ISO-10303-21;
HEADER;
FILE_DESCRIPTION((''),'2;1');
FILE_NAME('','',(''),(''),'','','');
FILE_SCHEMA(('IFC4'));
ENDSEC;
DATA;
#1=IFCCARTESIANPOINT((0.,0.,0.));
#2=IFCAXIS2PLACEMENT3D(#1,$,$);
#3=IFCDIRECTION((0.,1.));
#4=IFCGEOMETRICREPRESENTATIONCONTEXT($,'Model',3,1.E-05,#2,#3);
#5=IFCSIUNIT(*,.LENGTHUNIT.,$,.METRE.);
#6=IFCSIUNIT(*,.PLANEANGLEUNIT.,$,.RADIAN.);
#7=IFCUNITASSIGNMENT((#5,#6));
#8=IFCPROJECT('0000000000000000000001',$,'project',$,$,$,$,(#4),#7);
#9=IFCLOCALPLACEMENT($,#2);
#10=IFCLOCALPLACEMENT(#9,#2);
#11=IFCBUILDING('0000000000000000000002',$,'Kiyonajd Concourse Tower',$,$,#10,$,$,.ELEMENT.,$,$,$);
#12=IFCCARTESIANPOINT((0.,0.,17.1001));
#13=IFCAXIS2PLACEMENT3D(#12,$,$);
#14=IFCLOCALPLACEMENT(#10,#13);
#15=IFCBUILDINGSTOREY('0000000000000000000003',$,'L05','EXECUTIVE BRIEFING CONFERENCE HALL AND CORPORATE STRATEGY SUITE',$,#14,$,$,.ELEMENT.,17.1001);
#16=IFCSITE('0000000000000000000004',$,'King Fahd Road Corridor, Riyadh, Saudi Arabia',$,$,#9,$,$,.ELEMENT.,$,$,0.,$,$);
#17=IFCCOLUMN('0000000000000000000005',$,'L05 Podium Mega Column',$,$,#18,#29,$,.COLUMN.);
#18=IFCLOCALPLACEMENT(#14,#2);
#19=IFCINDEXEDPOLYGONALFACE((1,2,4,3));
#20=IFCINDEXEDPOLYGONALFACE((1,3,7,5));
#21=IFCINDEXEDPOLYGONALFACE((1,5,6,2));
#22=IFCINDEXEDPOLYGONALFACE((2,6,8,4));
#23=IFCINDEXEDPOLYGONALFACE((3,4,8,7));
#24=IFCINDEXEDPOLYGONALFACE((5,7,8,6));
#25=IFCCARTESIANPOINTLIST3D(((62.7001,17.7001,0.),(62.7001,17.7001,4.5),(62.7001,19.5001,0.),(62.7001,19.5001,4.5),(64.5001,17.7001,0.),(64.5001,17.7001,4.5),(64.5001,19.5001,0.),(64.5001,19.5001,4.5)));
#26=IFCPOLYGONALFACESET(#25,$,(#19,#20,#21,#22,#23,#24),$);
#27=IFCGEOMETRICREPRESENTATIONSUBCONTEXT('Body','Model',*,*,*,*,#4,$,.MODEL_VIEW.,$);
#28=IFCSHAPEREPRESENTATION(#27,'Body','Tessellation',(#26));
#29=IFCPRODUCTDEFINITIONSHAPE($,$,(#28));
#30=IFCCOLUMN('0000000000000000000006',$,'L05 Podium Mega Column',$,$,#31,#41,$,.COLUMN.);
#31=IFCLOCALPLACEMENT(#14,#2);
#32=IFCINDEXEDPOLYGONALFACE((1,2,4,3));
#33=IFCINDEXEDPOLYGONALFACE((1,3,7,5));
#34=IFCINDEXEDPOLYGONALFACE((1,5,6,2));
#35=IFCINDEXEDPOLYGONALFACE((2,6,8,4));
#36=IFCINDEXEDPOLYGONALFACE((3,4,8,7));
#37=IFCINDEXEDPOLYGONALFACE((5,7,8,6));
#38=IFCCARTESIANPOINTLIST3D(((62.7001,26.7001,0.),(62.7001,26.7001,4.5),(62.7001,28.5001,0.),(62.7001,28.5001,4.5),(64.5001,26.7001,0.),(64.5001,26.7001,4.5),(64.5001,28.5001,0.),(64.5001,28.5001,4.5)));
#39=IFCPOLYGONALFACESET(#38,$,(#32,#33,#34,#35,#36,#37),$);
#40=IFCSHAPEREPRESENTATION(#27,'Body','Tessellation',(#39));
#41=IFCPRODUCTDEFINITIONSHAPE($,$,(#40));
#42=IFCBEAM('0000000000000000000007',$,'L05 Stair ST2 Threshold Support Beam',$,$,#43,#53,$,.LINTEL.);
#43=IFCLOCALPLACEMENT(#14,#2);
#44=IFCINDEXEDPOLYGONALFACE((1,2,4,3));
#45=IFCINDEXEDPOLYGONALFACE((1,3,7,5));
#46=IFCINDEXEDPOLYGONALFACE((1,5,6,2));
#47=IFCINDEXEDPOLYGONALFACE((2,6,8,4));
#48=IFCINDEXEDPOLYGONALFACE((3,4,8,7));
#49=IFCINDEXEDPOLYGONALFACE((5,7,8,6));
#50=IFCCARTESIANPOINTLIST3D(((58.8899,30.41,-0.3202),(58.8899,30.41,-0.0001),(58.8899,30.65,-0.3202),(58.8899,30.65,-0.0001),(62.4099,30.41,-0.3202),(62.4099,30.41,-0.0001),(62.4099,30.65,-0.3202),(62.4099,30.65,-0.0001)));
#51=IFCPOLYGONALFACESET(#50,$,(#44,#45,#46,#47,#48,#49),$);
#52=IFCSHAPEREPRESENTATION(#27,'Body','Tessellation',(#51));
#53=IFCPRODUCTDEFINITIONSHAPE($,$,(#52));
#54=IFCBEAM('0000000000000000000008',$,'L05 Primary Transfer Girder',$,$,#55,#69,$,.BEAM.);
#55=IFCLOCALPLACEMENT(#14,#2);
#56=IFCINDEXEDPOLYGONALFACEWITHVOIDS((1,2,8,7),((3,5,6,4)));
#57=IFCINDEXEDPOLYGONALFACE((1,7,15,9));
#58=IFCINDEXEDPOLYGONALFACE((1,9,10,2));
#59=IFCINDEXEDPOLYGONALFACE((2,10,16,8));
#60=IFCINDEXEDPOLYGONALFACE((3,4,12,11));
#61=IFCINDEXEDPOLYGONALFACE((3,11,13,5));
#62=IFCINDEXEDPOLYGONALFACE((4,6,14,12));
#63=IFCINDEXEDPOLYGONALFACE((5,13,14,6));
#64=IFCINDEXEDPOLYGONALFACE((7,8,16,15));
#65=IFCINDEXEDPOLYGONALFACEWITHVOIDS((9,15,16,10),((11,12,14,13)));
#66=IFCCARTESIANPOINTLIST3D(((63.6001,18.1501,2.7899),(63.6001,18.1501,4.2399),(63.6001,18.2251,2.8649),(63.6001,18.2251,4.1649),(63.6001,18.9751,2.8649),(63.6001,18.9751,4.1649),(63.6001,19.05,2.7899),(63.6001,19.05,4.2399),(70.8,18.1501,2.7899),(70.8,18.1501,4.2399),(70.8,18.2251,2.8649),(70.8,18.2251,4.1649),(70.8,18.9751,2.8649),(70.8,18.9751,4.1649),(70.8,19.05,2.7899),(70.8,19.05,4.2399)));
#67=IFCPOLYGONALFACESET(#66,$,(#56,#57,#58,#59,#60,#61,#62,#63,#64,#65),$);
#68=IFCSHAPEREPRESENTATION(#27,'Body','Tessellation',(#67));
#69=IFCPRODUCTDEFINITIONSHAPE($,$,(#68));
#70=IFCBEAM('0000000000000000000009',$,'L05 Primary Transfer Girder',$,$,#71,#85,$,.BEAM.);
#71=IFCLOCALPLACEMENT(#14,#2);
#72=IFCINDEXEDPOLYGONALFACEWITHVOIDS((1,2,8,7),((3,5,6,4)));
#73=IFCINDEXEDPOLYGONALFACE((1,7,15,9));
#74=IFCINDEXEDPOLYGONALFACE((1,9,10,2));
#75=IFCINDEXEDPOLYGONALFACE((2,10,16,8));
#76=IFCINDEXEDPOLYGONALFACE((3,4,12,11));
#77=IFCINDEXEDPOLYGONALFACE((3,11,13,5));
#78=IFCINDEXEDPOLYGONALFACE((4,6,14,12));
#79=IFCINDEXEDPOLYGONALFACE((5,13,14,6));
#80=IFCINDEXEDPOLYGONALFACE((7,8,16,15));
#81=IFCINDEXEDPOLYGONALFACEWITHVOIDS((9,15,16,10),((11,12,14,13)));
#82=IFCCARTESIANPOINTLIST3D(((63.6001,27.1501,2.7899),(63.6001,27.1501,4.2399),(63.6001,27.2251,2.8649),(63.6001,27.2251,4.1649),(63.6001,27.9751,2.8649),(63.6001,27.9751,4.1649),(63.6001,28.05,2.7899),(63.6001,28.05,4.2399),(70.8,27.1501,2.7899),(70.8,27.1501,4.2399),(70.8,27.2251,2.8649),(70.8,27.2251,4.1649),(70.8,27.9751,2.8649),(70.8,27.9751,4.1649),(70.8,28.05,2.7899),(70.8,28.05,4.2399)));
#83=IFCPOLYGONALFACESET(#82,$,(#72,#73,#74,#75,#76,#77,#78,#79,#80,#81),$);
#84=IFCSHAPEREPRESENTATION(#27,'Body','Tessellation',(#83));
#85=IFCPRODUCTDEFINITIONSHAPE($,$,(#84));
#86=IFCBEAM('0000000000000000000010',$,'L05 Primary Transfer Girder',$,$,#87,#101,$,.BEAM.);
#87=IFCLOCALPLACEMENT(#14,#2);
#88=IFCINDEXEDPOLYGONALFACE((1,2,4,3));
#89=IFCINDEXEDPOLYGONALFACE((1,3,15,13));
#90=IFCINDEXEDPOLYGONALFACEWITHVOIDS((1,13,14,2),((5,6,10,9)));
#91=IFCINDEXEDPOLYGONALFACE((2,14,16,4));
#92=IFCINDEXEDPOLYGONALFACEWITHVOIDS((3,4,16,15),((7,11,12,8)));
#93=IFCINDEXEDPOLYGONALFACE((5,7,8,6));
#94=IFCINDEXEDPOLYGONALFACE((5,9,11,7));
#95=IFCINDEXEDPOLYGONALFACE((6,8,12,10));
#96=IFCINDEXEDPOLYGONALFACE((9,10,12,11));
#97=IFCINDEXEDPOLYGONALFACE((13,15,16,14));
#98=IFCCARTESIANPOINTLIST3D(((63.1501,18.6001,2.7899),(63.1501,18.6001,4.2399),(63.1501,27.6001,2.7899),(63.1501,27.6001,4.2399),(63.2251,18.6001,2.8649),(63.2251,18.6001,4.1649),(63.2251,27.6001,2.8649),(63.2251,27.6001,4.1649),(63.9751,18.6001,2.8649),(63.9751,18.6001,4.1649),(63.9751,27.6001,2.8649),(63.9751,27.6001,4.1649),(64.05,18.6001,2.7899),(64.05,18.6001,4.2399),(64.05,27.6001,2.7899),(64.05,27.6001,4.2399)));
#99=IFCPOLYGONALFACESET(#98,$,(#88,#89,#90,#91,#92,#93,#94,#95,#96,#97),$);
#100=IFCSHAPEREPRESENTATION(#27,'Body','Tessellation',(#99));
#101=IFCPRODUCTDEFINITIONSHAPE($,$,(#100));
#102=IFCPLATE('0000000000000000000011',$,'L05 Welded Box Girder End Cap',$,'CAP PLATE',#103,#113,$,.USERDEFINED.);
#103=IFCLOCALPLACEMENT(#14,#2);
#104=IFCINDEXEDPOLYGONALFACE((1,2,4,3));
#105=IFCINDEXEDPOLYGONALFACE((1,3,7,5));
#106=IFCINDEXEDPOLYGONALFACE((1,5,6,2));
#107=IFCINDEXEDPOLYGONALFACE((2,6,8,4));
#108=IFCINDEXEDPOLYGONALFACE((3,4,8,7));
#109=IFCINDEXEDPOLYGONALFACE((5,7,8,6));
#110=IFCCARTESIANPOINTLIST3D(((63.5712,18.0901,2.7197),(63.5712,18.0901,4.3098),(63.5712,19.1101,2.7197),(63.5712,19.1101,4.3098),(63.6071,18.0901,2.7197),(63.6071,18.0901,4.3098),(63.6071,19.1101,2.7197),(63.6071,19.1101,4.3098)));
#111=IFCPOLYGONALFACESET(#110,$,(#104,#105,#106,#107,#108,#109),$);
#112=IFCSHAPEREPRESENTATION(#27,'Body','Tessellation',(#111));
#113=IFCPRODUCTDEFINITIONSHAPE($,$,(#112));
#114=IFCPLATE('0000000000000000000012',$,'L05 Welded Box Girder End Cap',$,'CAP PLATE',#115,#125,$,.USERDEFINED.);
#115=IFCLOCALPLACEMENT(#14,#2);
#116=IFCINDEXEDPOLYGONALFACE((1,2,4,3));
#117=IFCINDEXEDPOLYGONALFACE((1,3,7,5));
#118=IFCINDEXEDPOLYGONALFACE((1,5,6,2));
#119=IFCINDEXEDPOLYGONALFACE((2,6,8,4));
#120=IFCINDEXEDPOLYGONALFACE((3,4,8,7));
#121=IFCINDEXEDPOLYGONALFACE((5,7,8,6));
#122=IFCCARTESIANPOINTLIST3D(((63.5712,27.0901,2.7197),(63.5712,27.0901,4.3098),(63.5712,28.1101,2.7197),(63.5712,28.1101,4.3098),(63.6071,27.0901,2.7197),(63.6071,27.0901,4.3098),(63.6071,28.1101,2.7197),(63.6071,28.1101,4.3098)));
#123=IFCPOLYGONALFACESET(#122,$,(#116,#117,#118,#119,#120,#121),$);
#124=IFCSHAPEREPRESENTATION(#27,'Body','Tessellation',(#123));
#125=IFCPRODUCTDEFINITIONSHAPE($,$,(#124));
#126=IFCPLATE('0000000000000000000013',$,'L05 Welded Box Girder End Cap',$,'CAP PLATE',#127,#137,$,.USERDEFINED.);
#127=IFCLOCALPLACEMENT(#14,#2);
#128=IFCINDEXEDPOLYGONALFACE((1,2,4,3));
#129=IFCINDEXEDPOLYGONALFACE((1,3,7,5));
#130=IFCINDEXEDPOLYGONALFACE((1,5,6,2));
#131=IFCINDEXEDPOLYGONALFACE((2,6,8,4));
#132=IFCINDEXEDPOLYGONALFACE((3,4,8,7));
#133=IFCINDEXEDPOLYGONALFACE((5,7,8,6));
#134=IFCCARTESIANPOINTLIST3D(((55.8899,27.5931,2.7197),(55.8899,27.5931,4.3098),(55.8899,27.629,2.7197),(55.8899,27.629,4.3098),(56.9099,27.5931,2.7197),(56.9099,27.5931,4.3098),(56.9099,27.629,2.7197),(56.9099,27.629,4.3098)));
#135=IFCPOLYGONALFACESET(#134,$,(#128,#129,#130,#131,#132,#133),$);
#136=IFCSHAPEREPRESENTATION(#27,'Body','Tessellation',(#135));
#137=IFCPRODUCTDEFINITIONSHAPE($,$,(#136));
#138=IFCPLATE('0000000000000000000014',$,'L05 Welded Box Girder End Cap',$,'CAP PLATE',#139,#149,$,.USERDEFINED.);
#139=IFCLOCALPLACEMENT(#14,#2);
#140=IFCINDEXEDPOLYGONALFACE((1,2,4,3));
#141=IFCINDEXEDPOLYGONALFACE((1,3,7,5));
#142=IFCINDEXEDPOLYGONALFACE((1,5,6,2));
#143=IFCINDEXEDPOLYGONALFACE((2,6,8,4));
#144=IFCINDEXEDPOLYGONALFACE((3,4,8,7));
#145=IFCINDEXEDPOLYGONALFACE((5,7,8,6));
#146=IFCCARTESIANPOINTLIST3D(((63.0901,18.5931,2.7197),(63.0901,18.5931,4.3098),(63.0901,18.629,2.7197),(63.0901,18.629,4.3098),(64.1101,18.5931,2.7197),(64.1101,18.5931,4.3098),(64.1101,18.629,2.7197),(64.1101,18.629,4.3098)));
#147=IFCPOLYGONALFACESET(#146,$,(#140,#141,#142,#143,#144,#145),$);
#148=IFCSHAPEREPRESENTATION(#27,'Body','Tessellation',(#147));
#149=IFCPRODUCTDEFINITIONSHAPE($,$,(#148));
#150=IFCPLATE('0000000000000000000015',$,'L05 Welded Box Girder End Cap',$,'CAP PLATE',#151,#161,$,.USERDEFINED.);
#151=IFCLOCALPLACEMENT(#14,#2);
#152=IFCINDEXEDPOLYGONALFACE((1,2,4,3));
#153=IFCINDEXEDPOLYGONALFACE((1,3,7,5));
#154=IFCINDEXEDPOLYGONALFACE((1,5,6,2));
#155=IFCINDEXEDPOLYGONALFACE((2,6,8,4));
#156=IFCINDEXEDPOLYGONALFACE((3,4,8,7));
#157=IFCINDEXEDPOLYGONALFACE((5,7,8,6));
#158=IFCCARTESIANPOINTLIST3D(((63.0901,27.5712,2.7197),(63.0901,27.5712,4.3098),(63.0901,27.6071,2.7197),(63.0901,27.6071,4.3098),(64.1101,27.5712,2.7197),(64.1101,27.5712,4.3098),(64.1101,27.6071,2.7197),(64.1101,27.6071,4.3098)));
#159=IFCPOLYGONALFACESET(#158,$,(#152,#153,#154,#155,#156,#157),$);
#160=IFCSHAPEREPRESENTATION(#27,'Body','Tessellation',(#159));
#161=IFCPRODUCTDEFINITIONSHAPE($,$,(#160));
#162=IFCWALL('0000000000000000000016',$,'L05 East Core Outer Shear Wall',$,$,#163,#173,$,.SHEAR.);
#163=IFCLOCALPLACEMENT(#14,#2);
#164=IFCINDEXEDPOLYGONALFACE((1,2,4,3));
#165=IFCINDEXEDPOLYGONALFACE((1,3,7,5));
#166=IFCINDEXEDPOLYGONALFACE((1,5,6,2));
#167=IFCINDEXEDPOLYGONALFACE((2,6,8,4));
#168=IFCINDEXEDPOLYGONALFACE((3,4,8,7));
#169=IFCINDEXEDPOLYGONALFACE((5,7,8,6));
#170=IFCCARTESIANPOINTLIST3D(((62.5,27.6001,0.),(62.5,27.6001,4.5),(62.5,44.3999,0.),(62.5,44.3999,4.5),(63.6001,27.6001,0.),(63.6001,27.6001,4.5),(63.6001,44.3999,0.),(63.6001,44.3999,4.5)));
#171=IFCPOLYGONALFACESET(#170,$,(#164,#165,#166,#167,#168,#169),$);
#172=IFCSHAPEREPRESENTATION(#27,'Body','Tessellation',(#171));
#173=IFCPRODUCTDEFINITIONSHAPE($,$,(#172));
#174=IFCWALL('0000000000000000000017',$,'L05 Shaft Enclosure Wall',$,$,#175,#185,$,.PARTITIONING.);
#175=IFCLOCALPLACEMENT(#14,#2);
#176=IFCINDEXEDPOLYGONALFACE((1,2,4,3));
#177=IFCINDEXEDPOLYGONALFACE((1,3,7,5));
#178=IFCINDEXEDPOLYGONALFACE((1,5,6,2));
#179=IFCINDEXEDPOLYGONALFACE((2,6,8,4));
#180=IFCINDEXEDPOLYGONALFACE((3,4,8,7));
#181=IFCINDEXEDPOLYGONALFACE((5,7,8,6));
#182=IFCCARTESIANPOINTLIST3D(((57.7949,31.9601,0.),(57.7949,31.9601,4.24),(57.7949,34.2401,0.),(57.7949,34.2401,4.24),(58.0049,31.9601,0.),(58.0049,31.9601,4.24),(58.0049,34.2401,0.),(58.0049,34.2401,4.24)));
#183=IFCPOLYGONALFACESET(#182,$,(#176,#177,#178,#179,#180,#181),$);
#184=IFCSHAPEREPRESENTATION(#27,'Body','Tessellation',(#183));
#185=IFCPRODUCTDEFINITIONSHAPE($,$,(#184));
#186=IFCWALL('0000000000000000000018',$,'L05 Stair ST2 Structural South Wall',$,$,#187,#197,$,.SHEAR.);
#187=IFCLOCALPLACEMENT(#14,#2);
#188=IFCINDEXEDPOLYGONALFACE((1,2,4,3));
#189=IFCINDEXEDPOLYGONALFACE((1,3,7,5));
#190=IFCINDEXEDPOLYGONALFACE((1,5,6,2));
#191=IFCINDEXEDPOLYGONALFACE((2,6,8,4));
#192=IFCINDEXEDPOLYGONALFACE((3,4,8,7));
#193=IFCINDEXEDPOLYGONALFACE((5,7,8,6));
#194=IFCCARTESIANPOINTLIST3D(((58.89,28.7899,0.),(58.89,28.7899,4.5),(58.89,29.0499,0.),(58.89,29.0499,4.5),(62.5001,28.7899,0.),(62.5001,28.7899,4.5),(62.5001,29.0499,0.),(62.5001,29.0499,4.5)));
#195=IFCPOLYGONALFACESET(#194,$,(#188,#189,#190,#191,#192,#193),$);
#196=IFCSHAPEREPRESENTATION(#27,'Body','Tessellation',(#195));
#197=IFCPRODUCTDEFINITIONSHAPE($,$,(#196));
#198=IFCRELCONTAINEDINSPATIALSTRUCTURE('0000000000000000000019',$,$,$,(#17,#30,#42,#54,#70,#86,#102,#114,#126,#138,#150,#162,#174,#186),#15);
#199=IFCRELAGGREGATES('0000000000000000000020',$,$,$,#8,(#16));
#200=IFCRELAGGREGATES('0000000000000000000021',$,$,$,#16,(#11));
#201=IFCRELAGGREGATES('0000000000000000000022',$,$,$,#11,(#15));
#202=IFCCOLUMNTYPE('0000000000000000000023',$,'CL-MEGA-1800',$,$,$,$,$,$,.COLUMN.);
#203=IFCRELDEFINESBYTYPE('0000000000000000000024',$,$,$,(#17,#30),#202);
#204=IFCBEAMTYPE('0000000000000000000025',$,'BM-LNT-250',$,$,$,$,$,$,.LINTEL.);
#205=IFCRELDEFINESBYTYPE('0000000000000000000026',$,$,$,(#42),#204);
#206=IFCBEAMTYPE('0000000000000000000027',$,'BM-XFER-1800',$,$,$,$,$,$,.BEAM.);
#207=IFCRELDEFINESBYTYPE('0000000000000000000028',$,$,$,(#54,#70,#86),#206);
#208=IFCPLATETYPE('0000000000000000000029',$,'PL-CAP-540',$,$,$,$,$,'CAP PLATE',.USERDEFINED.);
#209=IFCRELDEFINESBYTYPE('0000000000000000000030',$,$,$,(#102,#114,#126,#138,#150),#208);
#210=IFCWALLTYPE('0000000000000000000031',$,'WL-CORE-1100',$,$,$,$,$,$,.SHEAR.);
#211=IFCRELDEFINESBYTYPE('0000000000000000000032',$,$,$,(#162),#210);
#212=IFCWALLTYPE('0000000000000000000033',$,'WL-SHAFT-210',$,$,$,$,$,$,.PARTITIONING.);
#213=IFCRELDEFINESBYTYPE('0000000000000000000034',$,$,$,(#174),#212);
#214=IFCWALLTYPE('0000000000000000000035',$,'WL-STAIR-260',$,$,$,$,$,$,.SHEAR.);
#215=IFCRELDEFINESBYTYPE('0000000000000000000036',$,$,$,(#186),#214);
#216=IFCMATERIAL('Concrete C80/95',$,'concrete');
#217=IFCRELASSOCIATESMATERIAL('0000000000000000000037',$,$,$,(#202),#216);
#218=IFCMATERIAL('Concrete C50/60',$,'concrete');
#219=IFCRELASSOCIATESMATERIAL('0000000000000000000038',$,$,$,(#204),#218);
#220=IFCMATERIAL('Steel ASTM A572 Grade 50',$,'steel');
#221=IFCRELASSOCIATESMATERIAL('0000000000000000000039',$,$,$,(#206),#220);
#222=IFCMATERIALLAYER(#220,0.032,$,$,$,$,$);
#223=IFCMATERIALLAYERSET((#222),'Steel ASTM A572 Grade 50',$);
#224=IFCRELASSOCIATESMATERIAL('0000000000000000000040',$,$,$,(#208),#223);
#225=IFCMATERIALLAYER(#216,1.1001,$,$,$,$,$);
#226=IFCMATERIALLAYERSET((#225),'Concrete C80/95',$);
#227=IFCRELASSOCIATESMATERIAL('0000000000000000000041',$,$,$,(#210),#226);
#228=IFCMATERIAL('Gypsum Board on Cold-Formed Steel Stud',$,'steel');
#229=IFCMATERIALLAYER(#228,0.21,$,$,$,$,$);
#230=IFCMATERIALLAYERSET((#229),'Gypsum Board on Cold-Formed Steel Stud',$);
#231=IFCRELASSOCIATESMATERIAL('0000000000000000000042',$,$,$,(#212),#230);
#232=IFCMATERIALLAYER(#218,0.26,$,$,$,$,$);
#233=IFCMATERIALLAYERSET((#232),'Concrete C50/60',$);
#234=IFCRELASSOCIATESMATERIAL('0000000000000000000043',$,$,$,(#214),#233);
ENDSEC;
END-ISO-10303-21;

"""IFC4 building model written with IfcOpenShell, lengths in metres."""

from ifc_helpers import new_model, si_unit, direction, frame, frame_2d, origin, origin_2d, place, context, subcontext, project, spatial, rectangle, hollow_rectangle, extrude, material, layer, layer_set, material_profile, profile_set, type_object, element, save


model = new_model("IFC4")

# Units and contexts
model_context = context("Model", 3, precision=1e-05, world=origin(), true_north=direction((0.0, 1.0)))
body_context = subcontext(model_context, "Body", "Model", "MODEL_VIEW")
ifc_project = project(units=[si_unit("LENGTHUNIT", "METRE"), si_unit("PLANEANGLEUNIT", "RADIAN")], contexts=[model_context])

# Site, building, storey
site_placement = place(None, origin())
site = spatial("IfcSite", under=ifc_project, at=site_placement, Name="King Fahd Road Corridor, Riyadh, Saudi Arabia", CompositionType="ELEMENT", RefElevation=0.0)
building_placement = place(site_placement, origin())
building = spatial("IfcBuilding", under=site, at=building_placement, Name="Kiyonajd Concourse Tower", CompositionType="ELEMENT")
storey_placement = place(building_placement, frame((0.0, 0.0, 17.1001)))
storey = spatial("IfcBuildingStorey", under=building, at=storey_placement, Name="L05", Description="EXECUTIVE BRIEFING CONFERENCE HALL AND CORPORATE STRATEGY SUITE", CompositionType="ELEMENT", Elevation=17.1001)

# Columns
ifc_material_1 = material(Name="Concrete C80/95", Category="concrete")
ifc_material_profile_1 = material_profile(ifc_material_1, rectangle(XDim=1.8, YDim=1.8, at=origin_2d()), Name="RC-1800x1800")
ifc_profile_set_1 = profile_set([ifc_material_profile_1], Name="Concrete C80/95")
column_type = type_object("IfcColumnType", Name="CL-MEGA-1800", PredefinedType="COLUMN", material=ifc_profile_set_1)
for number, where, z_axis, x_axis, name in (
    (1, (63.6001, 18.6001, 0.0), (0.0, 0.0, 1.0), (1.0, 0.0, 0.0), "L05 Podium Mega Column"),
    (2, (63.6001, 27.6001, 0.0), (0.0, 0.0, 1.0), (1.0, 0.0, 0.0), "L05 Podium Mega Column"),
):
    element("IfcColumn", number, at=place(storey_placement, frame(where, z_axis=z_axis, x_axis=x_axis)), inside=storey, type_object=column_type, Name=name, PredefinedType="COLUMN", context=body_context, shape_type="SweptSolid", body=[
        extrude(rectangle(XDim=1.8, YDim=1.8, at=origin_2d()), origin(), (0.0, 0.0, 1.0), 4.5),
    ])

# Beams
ifc_material_2 = material(Name="Concrete C50/60", Category="concrete")
ifc_material_profile_2 = material_profile(ifc_material_2, rectangle(XDim=0.24, YDim=0.3201, at=origin_2d()), Name="RCBM-240x320")
ifc_profile_set_2 = profile_set([ifc_material_profile_2], Name="Concrete C50/60")
beam_type_1 = type_object("IfcBeamType", Name="BM-LNT-250", PredefinedType="LINTEL", material=ifc_profile_set_2)
beam_1_placement = place(storey_placement, frame((58.8899, 30.53, -0.1602), z_axis=(1.0, 0.0, 0.0), x_axis=(0.0, 1.0, 0.0)))
element("IfcBeam", 3, at=beam_1_placement, inside=storey, type_object=beam_type_1, Name="L05 Stair ST2 Threshold Support Beam", PredefinedType="LINTEL", context=body_context, shape_type="SweptSolid", body=[
    extrude(rectangle(XDim=0.24, YDim=0.3201, at=origin_2d()), origin(), (0.0, 0.0, 1.0), 3.52),
])
ifc_material_3 = material(Name="Steel ASTM A572 Grade 50", Category="steel")
ifc_material_profile_3 = material_profile(ifc_material_3, hollow_rectangle(XDim=0.8999, YDim=1.45, WallThickness=0.075, at=origin_2d()), Name="BOX-1450x900x75")
ifc_profile_set_3 = profile_set([ifc_material_profile_3], Name="Steel ASTM A572 Grade 50")
beam_type_2 = type_object("IfcBeamType", Name="BM-XFER-1800", PredefinedType="BEAM", material=ifc_profile_set_3)
for number, where, z_axis, x_axis, name in (
    (4, (63.6001, 18.6001, 3.5149), (1.0, 0.0, 0.0), (0.0, 1.0, 0.0), "L05 Primary Transfer Girder"),
    (5, (63.6001, 27.6001, 3.5149), (1.0, 0.0, 0.0), (0.0, 1.0, 0.0), "L05 Primary Transfer Girder"),
):
    element("IfcBeam", number, at=place(storey_placement, frame(where, z_axis=z_axis, x_axis=x_axis)), inside=storey, type_object=beam_type_2, Name=name, PredefinedType="BEAM", context=body_context, shape_type="SweptSolid", body=[
        extrude(hollow_rectangle(XDim=0.8999, YDim=1.45, WallThickness=0.075, at=origin_2d()), origin(), (0.0, 0.0, 1.0), 7.2),
    ])
beam_2_placement = place(storey_placement, frame((63.6001, 18.6001, 3.5149), z_axis=(0.0, 1.0, 0.0), x_axis=(-1.0, 0.0, 0.0)))
element("IfcBeam", 6, at=beam_2_placement, inside=storey, type_object=beam_type_2, Name="L05 Primary Transfer Girder", PredefinedType="BEAM", context=body_context, shape_type="SweptSolid", body=[
    extrude(hollow_rectangle(XDim=0.8999, YDim=1.45, WallThickness=0.075, at=origin_2d()), origin(), (0.0, 0.0, 1.0), 9.0),
])

# Plates
ifc_layer_1 = layer(ifc_material_3, 0.032)
ifc_layer_set_1 = layer_set([ifc_layer_1], Name="Steel ASTM A572 Grade 50")
plate_type = type_object("IfcPlateType", Name="PL-CAP-540", ElementType="CAP PLATE", PredefinedType="USERDEFINED", material=ifc_layer_set_1)
for number, where, z_axis, x_axis, name in (
    (7, (63.5891, 18.6001, 2.7197), (0.0, 0.0, 1.0), (-1.0, 0.0, 0.0), "L05 Welded Box Girder End Cap"),
    (8, (63.5891, 27.6001, 2.7197), (0.0, 0.0, 1.0), (-1.0, 0.0, 0.0), "L05 Welded Box Girder End Cap"),
    (9, (56.3999, 27.6111, 2.7197), (0.0, 0.0, 1.0), (0.0, 1.0, 0.0), "L05 Welded Box Girder End Cap"),
    (10, (63.6001, 18.6111, 2.7197), (0.0, 0.0, 1.0), (0.0, 1.0, 0.0), "L05 Welded Box Girder End Cap"),
    (11, (63.6001, 27.5891, 2.7197), (0.0, 0.0, 1.0), (0.0, -1.0, 0.0), "L05 Welded Box Girder End Cap"),
):
    element("IfcPlate", number, at=place(storey_placement, frame(where, z_axis=z_axis, x_axis=x_axis)), inside=storey, type_object=plate_type, Name=name, ObjectType="CAP PLATE", PredefinedType="USERDEFINED", context=body_context, shape_type="SweptSolid", body=[
        extrude(rectangle(XDim=0.0359, YDim=1.02, at=origin_2d()), origin(), (0.0, 0.0, 1.0), 1.5901),
    ])

# Walls
ifc_layer_2 = layer(ifc_material_1, 1.1001)
ifc_layer_set_2 = layer_set([ifc_layer_2], Name="Concrete C80/95")
wall_type_1 = type_object("IfcWallType", Name="WL-CORE-1100", PredefinedType="SHEAR", material=ifc_layer_set_2)
wall_1_placement = place(storey_placement, frame((63.05, 27.6001, 0.0), z_axis=(0.0, 0.0, 1.0), x_axis=(0.0, 1.0, 0.0)))
element("IfcWall", 12, at=wall_1_placement, inside=storey, type_object=wall_type_1, Name="L05 East Core Outer Shear Wall", PredefinedType="SHEAR", context=body_context, shape_type="SweptSolid", body=[
    extrude(rectangle(XDim=16.7998, YDim=1.1001, at=frame_2d((8.3999, 0.0))), origin(), (0.0, 0.0, 1.0), 4.5),
])
ifc_material_4 = material(Name="Gypsum Board on Cold-Formed Steel Stud", Category="steel")
ifc_layer_3 = layer(ifc_material_4, 0.21)
ifc_layer_set_3 = layer_set([ifc_layer_3], Name="Gypsum Board on Cold-Formed Steel Stud")
wall_type_2 = type_object("IfcWallType", Name="WL-SHAFT-210", PredefinedType="PARTITIONING", material=ifc_layer_set_3)
wall_2_placement = place(storey_placement, frame((57.8999, 31.96, 0.0), z_axis=(0.0, 0.0, 1.0), x_axis=(0.0, 1.0, 0.0)))
element("IfcWall", 13, at=wall_2_placement, inside=storey, type_object=wall_type_2, Name="L05 Shaft Enclosure Wall", PredefinedType="PARTITIONING", context=body_context, shape_type="SweptSolid", body=[
    extrude(rectangle(XDim=2.28, YDim=0.21, at=frame_2d((1.1401, 0.0))), origin(), (0.0, 0.0, 1.0), 4.24),
])
ifc_layer_4 = layer(ifc_material_2, 0.26)
ifc_layer_set_4 = layer_set([ifc_layer_4], Name="Concrete C50/60")
wall_type_3 = type_object("IfcWallType", Name="WL-STAIR-260", PredefinedType="SHEAR", material=ifc_layer_set_4)
wall_3_placement = place(storey_placement, frame((58.8899, 28.9199, 0.0), z_axis=(0.0, 0.0, 1.0), x_axis=(1.0, 0.0, 0.0)))
element("IfcWall", 14, at=wall_3_placement, inside=storey, type_object=wall_type_3, Name="L05 Stair ST2 Structural South Wall", PredefinedType="SHEAR", context=body_context, shape_type="SweptSolid", body=[
    extrude(rectangle(XDim=3.6101, YDim=0.26, at=frame_2d((1.8052, 0.0))), origin(), (0.0, 0.0, 1.0), 4.5),
])

save(model, "model.ifc")
